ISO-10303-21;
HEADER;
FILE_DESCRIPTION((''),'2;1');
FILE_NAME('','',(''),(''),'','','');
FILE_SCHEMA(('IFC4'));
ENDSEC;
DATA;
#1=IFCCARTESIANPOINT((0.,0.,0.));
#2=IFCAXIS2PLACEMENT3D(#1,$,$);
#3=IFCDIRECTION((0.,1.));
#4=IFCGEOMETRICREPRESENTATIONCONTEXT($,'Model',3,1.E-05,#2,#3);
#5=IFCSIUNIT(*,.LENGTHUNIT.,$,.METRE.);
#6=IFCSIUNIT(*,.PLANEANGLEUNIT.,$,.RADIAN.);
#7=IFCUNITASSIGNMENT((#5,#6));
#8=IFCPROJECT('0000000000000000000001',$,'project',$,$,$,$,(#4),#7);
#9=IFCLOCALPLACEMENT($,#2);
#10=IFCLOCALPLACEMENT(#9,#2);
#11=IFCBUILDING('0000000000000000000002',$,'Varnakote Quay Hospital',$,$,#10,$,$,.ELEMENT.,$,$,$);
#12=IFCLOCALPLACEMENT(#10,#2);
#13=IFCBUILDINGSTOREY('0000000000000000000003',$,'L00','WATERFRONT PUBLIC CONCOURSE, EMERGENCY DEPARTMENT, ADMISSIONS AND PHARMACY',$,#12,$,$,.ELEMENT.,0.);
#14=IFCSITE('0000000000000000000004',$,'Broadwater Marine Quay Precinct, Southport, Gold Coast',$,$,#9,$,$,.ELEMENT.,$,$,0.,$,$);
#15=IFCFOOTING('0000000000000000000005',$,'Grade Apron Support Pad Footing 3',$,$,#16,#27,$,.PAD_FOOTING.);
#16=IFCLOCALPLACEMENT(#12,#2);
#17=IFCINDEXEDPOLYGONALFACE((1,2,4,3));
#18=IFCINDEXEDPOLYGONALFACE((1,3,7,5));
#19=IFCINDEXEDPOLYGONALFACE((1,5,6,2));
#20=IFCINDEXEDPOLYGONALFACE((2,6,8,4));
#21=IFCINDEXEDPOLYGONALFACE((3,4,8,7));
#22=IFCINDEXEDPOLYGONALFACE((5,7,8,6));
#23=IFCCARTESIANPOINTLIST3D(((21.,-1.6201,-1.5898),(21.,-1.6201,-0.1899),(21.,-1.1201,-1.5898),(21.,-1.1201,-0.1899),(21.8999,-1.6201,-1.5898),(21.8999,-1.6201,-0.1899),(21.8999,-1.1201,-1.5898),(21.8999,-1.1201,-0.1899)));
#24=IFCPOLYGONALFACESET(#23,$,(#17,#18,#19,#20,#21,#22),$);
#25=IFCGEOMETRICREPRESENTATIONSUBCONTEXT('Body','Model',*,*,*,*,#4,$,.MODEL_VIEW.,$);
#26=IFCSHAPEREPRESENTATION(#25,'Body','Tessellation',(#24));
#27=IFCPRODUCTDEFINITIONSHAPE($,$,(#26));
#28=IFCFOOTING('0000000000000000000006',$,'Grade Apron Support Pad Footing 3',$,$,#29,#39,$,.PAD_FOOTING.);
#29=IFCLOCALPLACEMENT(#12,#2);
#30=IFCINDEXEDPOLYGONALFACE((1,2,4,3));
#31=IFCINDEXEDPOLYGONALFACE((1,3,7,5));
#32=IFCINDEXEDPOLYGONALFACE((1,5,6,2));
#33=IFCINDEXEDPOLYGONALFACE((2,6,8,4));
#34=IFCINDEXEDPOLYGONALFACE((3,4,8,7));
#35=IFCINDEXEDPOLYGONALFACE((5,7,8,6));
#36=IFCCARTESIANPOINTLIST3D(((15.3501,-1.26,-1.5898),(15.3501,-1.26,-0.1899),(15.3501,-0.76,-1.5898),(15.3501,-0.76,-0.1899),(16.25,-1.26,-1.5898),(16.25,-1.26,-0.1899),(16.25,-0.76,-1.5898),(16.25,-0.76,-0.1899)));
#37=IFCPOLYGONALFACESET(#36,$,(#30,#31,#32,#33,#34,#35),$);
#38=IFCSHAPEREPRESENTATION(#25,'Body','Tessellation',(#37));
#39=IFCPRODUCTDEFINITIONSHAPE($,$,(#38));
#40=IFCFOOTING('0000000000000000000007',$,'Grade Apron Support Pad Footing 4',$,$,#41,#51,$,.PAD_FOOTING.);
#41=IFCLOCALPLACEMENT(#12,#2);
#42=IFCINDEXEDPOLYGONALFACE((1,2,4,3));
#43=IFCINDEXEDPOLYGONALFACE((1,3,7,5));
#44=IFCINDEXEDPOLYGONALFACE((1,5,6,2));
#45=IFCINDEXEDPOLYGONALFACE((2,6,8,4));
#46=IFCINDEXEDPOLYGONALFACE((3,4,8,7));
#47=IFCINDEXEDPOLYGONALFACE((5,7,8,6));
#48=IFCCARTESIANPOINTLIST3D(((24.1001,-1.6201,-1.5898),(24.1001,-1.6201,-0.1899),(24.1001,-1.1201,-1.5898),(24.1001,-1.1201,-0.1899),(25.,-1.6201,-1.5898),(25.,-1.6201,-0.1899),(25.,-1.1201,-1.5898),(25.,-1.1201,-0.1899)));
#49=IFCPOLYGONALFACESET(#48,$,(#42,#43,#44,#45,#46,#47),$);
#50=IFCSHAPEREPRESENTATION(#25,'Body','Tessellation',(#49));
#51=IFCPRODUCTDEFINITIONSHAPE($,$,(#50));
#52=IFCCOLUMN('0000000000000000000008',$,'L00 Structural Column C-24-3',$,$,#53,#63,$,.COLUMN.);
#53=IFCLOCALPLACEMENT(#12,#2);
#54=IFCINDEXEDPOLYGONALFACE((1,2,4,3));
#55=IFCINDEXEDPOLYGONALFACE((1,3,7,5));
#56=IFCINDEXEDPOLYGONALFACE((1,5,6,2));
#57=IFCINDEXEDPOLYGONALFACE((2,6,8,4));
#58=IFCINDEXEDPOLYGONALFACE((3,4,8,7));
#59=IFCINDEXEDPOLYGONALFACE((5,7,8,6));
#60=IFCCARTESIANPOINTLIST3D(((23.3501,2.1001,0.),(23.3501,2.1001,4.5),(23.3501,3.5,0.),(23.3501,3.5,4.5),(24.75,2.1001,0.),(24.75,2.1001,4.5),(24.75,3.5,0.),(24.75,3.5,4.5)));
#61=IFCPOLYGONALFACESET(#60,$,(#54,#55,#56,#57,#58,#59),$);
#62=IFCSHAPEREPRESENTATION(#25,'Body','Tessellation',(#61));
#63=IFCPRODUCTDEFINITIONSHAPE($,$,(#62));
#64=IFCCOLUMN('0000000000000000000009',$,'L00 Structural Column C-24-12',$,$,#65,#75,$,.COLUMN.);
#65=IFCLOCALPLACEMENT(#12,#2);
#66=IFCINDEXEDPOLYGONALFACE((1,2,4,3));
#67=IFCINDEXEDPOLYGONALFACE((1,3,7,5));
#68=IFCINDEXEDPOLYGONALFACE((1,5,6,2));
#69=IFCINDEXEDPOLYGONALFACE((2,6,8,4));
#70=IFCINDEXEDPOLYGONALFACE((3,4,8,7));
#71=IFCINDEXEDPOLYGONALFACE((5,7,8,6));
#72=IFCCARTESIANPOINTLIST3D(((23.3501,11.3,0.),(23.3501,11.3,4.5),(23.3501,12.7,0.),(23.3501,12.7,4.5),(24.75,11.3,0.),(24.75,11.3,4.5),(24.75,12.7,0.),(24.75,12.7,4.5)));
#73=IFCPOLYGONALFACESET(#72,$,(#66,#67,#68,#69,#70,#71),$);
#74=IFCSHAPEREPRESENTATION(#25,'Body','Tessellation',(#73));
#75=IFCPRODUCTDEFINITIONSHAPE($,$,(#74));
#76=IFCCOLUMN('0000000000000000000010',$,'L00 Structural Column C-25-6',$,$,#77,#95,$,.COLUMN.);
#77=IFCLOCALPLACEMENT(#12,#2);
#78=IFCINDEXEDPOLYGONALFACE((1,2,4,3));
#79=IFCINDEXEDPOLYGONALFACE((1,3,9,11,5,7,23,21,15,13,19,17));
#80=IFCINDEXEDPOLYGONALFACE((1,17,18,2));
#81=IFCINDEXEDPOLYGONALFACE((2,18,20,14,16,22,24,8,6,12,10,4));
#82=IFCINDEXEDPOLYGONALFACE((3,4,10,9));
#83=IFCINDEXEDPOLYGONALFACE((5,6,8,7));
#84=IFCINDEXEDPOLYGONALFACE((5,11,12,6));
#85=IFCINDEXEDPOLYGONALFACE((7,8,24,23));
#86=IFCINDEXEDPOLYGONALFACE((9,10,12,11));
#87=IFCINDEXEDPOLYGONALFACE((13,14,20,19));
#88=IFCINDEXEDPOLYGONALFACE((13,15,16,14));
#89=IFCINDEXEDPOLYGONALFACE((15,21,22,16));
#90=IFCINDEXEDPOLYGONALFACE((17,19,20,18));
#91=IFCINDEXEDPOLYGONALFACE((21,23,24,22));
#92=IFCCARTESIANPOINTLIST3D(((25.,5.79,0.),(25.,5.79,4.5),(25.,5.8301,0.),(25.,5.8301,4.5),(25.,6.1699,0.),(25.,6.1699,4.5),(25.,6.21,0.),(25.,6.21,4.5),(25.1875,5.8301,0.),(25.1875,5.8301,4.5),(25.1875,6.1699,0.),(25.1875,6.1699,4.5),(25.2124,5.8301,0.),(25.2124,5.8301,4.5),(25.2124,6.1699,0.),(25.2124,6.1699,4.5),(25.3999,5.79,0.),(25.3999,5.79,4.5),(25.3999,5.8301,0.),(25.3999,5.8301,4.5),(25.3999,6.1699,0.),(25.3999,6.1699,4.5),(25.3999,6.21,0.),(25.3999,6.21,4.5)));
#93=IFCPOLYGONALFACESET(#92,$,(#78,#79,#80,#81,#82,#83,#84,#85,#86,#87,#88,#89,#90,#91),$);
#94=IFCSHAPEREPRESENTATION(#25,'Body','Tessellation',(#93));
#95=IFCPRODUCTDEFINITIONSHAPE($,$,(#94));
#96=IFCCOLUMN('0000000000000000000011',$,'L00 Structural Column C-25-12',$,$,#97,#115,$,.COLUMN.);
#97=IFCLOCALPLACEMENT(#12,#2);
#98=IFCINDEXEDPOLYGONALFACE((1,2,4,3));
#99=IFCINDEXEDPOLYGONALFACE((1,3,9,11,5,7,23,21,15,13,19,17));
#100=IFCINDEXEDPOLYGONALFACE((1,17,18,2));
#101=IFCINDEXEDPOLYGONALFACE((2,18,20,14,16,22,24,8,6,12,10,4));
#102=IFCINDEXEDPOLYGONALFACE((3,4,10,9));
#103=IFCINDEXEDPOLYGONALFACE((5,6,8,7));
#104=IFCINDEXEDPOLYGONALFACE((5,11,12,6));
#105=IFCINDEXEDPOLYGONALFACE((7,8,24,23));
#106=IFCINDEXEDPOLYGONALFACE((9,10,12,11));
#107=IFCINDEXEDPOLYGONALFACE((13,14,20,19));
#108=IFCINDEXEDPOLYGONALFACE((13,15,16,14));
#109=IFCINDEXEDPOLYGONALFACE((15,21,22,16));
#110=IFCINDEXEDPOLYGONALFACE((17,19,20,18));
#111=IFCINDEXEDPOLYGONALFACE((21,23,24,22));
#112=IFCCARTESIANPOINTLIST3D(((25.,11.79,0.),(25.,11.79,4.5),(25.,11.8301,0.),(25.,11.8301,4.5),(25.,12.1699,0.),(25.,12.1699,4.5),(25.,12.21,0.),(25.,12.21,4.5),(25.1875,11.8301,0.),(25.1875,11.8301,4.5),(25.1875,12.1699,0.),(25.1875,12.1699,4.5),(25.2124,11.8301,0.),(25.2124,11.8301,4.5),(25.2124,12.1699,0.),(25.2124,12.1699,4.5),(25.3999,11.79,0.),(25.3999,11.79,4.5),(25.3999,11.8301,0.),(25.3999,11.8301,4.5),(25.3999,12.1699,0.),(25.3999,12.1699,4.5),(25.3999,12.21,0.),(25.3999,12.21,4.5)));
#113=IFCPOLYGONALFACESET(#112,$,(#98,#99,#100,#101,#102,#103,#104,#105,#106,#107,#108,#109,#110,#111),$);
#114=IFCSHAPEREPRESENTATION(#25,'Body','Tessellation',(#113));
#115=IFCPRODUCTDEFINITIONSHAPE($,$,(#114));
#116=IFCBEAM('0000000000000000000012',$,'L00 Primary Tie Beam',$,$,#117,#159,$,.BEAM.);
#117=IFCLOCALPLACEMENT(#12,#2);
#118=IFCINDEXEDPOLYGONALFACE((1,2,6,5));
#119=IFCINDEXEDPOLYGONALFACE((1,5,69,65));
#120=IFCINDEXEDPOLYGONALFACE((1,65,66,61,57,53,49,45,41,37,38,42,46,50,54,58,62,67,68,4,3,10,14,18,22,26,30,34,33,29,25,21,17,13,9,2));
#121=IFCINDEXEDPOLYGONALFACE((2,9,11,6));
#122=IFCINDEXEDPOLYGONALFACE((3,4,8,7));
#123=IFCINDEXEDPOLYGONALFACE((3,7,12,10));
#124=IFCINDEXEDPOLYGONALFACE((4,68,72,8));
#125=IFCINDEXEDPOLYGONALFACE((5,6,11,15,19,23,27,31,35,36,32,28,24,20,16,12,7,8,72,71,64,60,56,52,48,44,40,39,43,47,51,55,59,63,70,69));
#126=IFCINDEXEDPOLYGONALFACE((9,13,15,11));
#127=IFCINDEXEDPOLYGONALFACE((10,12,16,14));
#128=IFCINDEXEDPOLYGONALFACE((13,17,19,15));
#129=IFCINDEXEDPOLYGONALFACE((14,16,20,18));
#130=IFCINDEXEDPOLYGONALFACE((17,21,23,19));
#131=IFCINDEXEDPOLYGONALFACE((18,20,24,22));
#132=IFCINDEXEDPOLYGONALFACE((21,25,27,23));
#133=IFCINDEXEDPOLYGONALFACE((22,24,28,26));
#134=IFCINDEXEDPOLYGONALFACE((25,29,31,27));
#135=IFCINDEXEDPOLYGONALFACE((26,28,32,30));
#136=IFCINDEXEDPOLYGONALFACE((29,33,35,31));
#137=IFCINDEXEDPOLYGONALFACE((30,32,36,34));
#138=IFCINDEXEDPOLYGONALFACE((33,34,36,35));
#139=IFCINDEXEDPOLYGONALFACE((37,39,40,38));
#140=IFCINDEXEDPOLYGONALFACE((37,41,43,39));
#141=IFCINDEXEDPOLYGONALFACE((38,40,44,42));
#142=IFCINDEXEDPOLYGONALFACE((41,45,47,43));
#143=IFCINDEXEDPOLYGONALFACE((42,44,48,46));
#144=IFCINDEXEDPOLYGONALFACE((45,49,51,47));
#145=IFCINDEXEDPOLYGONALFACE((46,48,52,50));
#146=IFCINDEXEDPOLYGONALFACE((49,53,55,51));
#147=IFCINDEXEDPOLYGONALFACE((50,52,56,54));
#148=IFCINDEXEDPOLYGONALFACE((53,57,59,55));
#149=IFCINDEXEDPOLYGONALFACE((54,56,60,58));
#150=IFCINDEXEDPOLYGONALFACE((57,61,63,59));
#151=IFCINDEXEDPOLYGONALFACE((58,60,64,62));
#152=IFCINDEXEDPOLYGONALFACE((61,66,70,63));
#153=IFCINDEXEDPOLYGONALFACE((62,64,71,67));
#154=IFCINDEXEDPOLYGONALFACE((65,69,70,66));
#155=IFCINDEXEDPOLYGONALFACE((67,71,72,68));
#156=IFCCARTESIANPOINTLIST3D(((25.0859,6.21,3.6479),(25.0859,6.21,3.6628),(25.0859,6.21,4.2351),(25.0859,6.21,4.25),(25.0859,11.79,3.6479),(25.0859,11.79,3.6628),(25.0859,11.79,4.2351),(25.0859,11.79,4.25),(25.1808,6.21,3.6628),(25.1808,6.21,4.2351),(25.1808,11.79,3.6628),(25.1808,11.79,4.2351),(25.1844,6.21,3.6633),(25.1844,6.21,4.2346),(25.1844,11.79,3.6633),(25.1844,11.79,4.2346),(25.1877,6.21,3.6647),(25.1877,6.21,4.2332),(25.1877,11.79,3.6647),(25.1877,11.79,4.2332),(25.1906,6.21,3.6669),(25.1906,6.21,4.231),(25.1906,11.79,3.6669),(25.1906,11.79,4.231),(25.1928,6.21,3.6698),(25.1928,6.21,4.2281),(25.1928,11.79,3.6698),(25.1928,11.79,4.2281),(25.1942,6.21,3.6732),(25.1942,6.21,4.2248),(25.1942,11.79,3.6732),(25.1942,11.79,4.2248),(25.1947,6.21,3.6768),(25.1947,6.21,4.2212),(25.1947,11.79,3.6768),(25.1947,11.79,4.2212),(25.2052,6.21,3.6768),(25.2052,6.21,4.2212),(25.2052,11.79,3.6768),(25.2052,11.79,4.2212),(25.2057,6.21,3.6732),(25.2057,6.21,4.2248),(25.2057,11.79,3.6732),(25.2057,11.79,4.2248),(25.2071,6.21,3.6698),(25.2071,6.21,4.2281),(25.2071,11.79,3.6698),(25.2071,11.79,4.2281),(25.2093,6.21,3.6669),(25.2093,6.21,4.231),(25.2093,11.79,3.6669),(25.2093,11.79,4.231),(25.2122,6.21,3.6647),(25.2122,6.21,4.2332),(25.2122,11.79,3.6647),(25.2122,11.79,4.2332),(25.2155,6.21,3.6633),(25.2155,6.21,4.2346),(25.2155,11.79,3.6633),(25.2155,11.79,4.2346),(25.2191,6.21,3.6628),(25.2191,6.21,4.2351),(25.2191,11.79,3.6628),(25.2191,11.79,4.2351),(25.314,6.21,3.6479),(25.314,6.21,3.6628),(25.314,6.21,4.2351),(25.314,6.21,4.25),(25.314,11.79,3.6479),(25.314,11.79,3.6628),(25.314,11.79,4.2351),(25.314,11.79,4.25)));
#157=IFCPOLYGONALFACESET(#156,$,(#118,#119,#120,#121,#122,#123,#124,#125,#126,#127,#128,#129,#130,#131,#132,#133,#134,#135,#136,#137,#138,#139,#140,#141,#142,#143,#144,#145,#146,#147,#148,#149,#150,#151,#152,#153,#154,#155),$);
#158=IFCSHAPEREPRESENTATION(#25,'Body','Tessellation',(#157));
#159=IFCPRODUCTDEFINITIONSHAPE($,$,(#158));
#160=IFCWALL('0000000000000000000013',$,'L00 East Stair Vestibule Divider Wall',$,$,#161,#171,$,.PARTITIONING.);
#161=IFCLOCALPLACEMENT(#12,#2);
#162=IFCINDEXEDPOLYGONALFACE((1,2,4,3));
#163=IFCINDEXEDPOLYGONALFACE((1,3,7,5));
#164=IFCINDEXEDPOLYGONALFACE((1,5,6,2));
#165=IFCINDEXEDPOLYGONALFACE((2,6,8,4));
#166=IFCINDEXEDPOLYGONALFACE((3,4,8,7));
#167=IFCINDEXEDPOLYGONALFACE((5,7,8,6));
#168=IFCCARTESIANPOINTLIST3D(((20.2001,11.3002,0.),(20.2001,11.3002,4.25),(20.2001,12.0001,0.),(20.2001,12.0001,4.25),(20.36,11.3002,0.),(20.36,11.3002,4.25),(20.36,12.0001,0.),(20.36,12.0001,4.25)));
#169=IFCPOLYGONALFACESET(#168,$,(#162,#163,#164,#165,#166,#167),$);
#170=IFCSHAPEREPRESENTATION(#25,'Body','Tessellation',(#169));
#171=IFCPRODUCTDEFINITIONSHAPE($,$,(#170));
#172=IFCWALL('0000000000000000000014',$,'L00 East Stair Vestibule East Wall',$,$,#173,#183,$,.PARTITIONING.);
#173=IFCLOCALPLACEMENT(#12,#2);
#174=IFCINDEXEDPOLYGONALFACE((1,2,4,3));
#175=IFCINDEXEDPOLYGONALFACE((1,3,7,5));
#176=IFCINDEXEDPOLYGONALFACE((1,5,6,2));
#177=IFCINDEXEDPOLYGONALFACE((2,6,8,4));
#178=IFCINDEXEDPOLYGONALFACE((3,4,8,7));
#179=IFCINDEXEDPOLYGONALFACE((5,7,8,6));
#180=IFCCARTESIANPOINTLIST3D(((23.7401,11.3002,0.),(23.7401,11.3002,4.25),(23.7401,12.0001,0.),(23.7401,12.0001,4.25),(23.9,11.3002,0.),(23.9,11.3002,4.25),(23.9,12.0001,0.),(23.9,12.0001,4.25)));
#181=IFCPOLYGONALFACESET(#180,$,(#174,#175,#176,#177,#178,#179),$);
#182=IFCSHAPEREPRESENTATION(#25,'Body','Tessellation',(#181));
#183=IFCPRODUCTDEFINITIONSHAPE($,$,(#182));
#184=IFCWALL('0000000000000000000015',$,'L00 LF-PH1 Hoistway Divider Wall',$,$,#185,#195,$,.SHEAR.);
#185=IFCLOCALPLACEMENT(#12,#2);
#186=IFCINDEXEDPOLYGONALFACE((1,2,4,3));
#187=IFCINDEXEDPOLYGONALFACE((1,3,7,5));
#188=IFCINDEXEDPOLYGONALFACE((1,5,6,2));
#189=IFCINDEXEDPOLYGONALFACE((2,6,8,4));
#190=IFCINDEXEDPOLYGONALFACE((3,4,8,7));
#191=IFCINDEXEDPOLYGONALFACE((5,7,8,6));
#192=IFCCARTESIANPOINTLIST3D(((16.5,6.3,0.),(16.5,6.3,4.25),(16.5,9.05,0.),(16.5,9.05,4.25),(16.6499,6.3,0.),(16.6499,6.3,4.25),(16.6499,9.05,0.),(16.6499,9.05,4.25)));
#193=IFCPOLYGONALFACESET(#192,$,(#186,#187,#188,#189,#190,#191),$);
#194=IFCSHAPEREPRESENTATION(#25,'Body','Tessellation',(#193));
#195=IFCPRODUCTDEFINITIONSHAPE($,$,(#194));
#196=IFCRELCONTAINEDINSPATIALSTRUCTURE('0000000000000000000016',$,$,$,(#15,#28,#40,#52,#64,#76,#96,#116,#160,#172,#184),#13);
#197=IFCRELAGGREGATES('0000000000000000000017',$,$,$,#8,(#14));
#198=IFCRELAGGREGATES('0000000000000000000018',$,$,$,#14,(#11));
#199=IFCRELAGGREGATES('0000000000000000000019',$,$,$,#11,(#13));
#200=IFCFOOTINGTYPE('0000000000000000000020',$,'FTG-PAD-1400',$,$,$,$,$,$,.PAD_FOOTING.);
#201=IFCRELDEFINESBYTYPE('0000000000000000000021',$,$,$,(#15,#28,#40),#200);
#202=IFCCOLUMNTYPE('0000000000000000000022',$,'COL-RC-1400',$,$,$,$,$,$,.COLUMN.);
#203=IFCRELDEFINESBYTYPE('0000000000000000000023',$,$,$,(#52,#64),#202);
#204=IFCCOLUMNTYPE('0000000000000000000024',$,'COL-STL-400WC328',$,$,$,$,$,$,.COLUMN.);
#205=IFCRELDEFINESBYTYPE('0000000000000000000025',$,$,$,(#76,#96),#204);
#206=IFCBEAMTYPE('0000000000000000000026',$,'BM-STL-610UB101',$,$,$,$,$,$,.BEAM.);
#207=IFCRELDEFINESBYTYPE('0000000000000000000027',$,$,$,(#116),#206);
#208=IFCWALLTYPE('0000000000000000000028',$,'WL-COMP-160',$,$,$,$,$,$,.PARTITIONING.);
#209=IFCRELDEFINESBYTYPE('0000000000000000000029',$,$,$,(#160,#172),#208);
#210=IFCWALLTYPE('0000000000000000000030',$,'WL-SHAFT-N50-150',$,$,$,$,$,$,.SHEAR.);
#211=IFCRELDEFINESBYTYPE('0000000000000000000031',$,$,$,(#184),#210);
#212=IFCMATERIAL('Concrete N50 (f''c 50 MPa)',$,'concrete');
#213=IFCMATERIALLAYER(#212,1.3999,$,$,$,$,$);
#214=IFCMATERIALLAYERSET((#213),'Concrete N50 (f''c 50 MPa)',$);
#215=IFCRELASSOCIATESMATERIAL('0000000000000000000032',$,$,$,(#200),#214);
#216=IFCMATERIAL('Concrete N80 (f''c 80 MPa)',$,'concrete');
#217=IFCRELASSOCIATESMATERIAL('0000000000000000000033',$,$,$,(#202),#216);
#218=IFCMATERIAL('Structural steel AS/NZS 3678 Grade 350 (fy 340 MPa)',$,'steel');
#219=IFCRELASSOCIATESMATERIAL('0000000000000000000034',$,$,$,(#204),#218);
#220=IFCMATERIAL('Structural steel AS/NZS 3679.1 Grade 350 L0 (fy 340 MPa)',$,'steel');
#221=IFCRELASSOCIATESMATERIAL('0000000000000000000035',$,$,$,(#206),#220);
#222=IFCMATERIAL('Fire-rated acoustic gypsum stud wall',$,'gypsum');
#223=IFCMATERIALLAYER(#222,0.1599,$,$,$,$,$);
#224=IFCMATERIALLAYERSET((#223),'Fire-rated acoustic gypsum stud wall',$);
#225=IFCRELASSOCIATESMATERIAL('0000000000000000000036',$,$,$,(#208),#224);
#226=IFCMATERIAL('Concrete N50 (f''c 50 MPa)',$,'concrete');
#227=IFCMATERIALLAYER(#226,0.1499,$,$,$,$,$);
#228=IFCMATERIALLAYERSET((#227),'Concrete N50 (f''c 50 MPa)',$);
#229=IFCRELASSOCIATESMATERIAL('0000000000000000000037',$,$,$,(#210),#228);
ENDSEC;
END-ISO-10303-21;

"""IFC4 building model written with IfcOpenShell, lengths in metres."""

from ifc_helpers import new_model, si_unit, direction, frame, frame_2d, origin, origin_2d, place, context, subcontext, project, spatial, rectangle, i_section, extrude, material, layer, layer_set, material_profile, profile_set, type_object, element, save


model = new_model("IFC4")

# Units and contexts
model_context = context("Model", 3, precision=1e-05, world=origin(), true_north=direction((0.0, 1.0)))
body_context = subcontext(model_context, "Body", "Model", "MODEL_VIEW")
ifc_project = project(units=[si_unit("LENGTHUNIT", "METRE"), si_unit("PLANEANGLEUNIT", "RADIAN")], contexts=[model_context])

# Site, building, storey
site_placement = place(None, origin())
site = spatial("IfcSite", under=ifc_project, at=site_placement, Name="Broadwater Marine Quay Precinct, Southport, Gold Coast", CompositionType="ELEMENT", RefElevation=0.0)
building_placement = place(site_placement, origin())
building = spatial("IfcBuilding", under=site, at=building_placement, Name="Varnakote Quay Hospital", CompositionType="ELEMENT")
storey_placement = place(building_placement, origin())
storey = spatial("IfcBuildingStorey", under=building, at=storey_placement, Name="L00", Description="WATERFRONT PUBLIC CONCOURSE, EMERGENCY DEPARTMENT, ADMISSIONS AND PHARMACY", CompositionType="ELEMENT", Elevation=0.0)

# Footings
ifc_material_1 = material(Name="Concrete N50 (f'c 50 MPa)", Category="concrete")
ifc_layer_1 = layer(ifc_material_1, 1.3999)
ifc_layer_set_1 = layer_set([ifc_layer_1], Name="Concrete N50 (f'c 50 MPa)")
footing_type = type_object("IfcFootingType", Name="FTG-PAD-1400", PredefinedType="PAD_FOOTING", material=ifc_layer_set_1)
for number, where, z_axis, x_axis, name in (
    (1, (21.45, -1.3701, -1.5898), (0.0, 0.0, 1.0), (1.0, 0.0, 0.0), "Grade Apron Support Pad Footing 3"),
    (2, (15.8, -1.01, -1.5898), (0.0, 0.0, 1.0), (1.0, 0.0, 0.0), "Grade Apron Support Pad Footing 3"),
    (3, (24.55, -1.3701, -1.5898), (0.0, 0.0, 1.0), (1.0, 0.0, 0.0), "Grade Apron Support Pad Footing 4"),
):
    element("IfcFooting", number, at=place(storey_placement, frame(where, z_axis=z_axis, x_axis=x_axis)), inside=storey, type_object=footing_type, Name=name, PredefinedType="PAD_FOOTING", context=body_context, shape_type="SweptSolid", body=[
        extrude(rectangle(XDim=0.8999, YDim=0.5, at=origin_2d()), origin(), (0.0, 0.0, 1.0), 1.3999),
    ])

# Columns
ifc_material_2 = material(Name="Concrete N80 (f'c 80 MPa)", Category="concrete")
ifc_material_profile_1 = material_profile(ifc_material_2, rectangle(XDim=1.3999, YDim=1.3999, at=origin_2d()), Name="RC-COL-1400x1400")
ifc_profile_set_1 = profile_set([ifc_material_profile_1], Name="Concrete N80 (f'c 80 MPa)")
column_type_1 = type_object("IfcColumnType", Name="COL-RC-1400", PredefinedType="COLUMN", material=ifc_profile_set_1)
for number, where, z_axis, x_axis, name in (
    (4, (24.05, 2.8, 0.0), (0.0, 0.0, 1.0), (1.0, 0.0, 0.0), "L00 Structural Column C-24-3"),
    (5, (24.05, 12.0, 0.0), (0.0, 0.0, 1.0), (1.0, 0.0, 0.0), "L00 Structural Column C-24-12"),
):
    element("IfcColumn", number, at=place(storey_placement, frame(where, z_axis=z_axis, x_axis=x_axis)), inside=storey, type_object=column_type_1, Name=name, PredefinedType="COLUMN", context=body_context, shape_type="SweptSolid", body=[
        extrude(rectangle(XDim=1.3999, YDim=1.3999, at=origin_2d()), origin(), (0.0, 0.0, 1.0), 4.5),
    ])
ifc_material_3 = material(Name="Structural steel AS/NZS 3678 Grade 350 (fy 340 MPa)", Category="steel")
ifc_material_profile_2 = material_profile(ifc_material_3, i_section(OverallWidth=0.3999, OverallDepth=0.4199, WebThickness=0.0249, FlangeThickness=0.04, at=origin_2d()), Name="400WC328")
ifc_profile_set_2 = profile_set([ifc_material_profile_2], Name="Structural steel AS/NZS 3678 Grade 350 (fy 340 MPa)")
column_type_2 = type_object("IfcColumnType", Name="COL-STL-400WC328", PredefinedType="COLUMN", material=ifc_profile_set_2)
for number, where, z_axis, x_axis, name in (
    (6, (25.2, 6.0, 0.0), (0.0, 0.0, 1.0), (1.0, 0.0, 0.0), "L00 Structural Column C-25-6"),
    (7, (25.2, 12.0, 0.0), (0.0, 0.0, 1.0), (1.0, 0.0, 0.0), "L00 Structural Column C-25-12"),
):
    element("IfcColumn", number, at=place(storey_placement, frame(where, z_axis=z_axis, x_axis=x_axis)), inside=storey, type_object=column_type_2, Name=name, PredefinedType="COLUMN", context=body_context, shape_type="SweptSolid", body=[
        extrude(i_section(OverallWidth=0.3999, OverallDepth=0.4199, WebThickness=0.0249, FlangeThickness=0.04, at=origin_2d()), origin(), (0.0, 0.0, 1.0), 4.5),
    ])

# Beam
ifc_material_4 = material(Name="Structural steel AS/NZS 3679.1 Grade 350 L0 (fy 340 MPa)", Category="steel")
ifc_material_profile_3 = material_profile(ifc_material_4, i_section(OverallWidth=0.228, OverallDepth=0.6021, WebThickness=0.0105, FlangeThickness=0.0149, FilletRadius=0.0139, at=origin_2d()), Name="610UB101")
ifc_profile_set_3 = profile_set([ifc_material_profile_3], Name="Structural steel AS/NZS 3679.1 Grade 350 L0 (fy 340 MPa)")
beam_type = type_object("IfcBeamType", Name="BM-STL-610UB101", PredefinedType="BEAM", material=ifc_profile_set_3)
beam_placement = place(storey_placement, frame((25.2, 6.21, 3.949), z_axis=(0.0, 1.0, 0.0), x_axis=(-1.0, 0.0, 0.0)))
element("IfcBeam", 8, at=beam_placement, inside=storey, type_object=beam_type, Name="L00 Primary Tie Beam", PredefinedType="BEAM", context=body_context, shape_type="SweptSolid", body=[
    extrude(i_section(OverallWidth=0.228, OverallDepth=0.6021, WebThickness=0.0105, FlangeThickness=0.0149, FilletRadius=0.0139, at=origin_2d()), origin(), (0.0, 0.0, 1.0), 5.5801),
])

# Walls
ifc_material_5 = material(Name="Fire-rated acoustic gypsum stud wall", Category="gypsum")
ifc_layer_2 = layer(ifc_material_5, 0.1599)
ifc_layer_set_2 = layer_set([ifc_layer_2], Name="Fire-rated acoustic gypsum stud wall")
wall_type_1 = type_object("IfcWallType", Name="WL-COMP-160", PredefinedType="PARTITIONING", material=ifc_layer_set_2)
for number, where, z_axis, x_axis, name in (
    (9, (20.28, 11.3, 0.0), (0.0, 0.0, 1.0), (0.0, 1.0, 0.0), "L00 East Stair Vestibule Divider Wall"),
    (10, (23.8201, 11.3, 0.0), (0.0, 0.0, 1.0), (0.0, 1.0, 0.0), "L00 East Stair Vestibule East Wall"),
):
    element("IfcWall", number, at=place(storey_placement, frame(where, z_axis=z_axis, x_axis=x_axis)), inside=storey, type_object=wall_type_1, Name=name, PredefinedType="PARTITIONING", context=body_context, shape_type="SweptSolid", body=[
        extrude(rectangle(XDim=0.7, YDim=0.1599, at=frame_2d((0.3501, 0.0))), origin(), (0.0, 0.0, 1.0), 4.25),
    ])
ifc_material_6 = material(Name="Concrete N50 (f'c 50 MPa)", Category="concrete")
ifc_layer_3 = layer(ifc_material_6, 0.1499)
ifc_layer_set_3 = layer_set([ifc_layer_3], Name="Concrete N50 (f'c 50 MPa)")
wall_type_2 = type_object("IfcWallType", Name="WL-SHAFT-N50-150", PredefinedType="SHEAR", material=ifc_layer_set_3)
wall_1_placement = place(storey_placement, frame((16.575, 6.3, 0.0), z_axis=(0.0, 0.0, 1.0), x_axis=(0.0, 1.0, 0.0)))
element("IfcWall", 11, at=wall_1_placement, inside=storey, type_object=wall_type_2, Name="L00 LF-PH1 Hoistway Divider Wall", PredefinedType="SHEAR", context=body_context, shape_type="SweptSolid", body=[
    extrude(rectangle(XDim=2.75, YDim=0.1499, at=frame_2d((1.375, 0.0))), origin(), (0.0, 0.0, 1.0), 4.25),
])

save(model, "model.ifc")
